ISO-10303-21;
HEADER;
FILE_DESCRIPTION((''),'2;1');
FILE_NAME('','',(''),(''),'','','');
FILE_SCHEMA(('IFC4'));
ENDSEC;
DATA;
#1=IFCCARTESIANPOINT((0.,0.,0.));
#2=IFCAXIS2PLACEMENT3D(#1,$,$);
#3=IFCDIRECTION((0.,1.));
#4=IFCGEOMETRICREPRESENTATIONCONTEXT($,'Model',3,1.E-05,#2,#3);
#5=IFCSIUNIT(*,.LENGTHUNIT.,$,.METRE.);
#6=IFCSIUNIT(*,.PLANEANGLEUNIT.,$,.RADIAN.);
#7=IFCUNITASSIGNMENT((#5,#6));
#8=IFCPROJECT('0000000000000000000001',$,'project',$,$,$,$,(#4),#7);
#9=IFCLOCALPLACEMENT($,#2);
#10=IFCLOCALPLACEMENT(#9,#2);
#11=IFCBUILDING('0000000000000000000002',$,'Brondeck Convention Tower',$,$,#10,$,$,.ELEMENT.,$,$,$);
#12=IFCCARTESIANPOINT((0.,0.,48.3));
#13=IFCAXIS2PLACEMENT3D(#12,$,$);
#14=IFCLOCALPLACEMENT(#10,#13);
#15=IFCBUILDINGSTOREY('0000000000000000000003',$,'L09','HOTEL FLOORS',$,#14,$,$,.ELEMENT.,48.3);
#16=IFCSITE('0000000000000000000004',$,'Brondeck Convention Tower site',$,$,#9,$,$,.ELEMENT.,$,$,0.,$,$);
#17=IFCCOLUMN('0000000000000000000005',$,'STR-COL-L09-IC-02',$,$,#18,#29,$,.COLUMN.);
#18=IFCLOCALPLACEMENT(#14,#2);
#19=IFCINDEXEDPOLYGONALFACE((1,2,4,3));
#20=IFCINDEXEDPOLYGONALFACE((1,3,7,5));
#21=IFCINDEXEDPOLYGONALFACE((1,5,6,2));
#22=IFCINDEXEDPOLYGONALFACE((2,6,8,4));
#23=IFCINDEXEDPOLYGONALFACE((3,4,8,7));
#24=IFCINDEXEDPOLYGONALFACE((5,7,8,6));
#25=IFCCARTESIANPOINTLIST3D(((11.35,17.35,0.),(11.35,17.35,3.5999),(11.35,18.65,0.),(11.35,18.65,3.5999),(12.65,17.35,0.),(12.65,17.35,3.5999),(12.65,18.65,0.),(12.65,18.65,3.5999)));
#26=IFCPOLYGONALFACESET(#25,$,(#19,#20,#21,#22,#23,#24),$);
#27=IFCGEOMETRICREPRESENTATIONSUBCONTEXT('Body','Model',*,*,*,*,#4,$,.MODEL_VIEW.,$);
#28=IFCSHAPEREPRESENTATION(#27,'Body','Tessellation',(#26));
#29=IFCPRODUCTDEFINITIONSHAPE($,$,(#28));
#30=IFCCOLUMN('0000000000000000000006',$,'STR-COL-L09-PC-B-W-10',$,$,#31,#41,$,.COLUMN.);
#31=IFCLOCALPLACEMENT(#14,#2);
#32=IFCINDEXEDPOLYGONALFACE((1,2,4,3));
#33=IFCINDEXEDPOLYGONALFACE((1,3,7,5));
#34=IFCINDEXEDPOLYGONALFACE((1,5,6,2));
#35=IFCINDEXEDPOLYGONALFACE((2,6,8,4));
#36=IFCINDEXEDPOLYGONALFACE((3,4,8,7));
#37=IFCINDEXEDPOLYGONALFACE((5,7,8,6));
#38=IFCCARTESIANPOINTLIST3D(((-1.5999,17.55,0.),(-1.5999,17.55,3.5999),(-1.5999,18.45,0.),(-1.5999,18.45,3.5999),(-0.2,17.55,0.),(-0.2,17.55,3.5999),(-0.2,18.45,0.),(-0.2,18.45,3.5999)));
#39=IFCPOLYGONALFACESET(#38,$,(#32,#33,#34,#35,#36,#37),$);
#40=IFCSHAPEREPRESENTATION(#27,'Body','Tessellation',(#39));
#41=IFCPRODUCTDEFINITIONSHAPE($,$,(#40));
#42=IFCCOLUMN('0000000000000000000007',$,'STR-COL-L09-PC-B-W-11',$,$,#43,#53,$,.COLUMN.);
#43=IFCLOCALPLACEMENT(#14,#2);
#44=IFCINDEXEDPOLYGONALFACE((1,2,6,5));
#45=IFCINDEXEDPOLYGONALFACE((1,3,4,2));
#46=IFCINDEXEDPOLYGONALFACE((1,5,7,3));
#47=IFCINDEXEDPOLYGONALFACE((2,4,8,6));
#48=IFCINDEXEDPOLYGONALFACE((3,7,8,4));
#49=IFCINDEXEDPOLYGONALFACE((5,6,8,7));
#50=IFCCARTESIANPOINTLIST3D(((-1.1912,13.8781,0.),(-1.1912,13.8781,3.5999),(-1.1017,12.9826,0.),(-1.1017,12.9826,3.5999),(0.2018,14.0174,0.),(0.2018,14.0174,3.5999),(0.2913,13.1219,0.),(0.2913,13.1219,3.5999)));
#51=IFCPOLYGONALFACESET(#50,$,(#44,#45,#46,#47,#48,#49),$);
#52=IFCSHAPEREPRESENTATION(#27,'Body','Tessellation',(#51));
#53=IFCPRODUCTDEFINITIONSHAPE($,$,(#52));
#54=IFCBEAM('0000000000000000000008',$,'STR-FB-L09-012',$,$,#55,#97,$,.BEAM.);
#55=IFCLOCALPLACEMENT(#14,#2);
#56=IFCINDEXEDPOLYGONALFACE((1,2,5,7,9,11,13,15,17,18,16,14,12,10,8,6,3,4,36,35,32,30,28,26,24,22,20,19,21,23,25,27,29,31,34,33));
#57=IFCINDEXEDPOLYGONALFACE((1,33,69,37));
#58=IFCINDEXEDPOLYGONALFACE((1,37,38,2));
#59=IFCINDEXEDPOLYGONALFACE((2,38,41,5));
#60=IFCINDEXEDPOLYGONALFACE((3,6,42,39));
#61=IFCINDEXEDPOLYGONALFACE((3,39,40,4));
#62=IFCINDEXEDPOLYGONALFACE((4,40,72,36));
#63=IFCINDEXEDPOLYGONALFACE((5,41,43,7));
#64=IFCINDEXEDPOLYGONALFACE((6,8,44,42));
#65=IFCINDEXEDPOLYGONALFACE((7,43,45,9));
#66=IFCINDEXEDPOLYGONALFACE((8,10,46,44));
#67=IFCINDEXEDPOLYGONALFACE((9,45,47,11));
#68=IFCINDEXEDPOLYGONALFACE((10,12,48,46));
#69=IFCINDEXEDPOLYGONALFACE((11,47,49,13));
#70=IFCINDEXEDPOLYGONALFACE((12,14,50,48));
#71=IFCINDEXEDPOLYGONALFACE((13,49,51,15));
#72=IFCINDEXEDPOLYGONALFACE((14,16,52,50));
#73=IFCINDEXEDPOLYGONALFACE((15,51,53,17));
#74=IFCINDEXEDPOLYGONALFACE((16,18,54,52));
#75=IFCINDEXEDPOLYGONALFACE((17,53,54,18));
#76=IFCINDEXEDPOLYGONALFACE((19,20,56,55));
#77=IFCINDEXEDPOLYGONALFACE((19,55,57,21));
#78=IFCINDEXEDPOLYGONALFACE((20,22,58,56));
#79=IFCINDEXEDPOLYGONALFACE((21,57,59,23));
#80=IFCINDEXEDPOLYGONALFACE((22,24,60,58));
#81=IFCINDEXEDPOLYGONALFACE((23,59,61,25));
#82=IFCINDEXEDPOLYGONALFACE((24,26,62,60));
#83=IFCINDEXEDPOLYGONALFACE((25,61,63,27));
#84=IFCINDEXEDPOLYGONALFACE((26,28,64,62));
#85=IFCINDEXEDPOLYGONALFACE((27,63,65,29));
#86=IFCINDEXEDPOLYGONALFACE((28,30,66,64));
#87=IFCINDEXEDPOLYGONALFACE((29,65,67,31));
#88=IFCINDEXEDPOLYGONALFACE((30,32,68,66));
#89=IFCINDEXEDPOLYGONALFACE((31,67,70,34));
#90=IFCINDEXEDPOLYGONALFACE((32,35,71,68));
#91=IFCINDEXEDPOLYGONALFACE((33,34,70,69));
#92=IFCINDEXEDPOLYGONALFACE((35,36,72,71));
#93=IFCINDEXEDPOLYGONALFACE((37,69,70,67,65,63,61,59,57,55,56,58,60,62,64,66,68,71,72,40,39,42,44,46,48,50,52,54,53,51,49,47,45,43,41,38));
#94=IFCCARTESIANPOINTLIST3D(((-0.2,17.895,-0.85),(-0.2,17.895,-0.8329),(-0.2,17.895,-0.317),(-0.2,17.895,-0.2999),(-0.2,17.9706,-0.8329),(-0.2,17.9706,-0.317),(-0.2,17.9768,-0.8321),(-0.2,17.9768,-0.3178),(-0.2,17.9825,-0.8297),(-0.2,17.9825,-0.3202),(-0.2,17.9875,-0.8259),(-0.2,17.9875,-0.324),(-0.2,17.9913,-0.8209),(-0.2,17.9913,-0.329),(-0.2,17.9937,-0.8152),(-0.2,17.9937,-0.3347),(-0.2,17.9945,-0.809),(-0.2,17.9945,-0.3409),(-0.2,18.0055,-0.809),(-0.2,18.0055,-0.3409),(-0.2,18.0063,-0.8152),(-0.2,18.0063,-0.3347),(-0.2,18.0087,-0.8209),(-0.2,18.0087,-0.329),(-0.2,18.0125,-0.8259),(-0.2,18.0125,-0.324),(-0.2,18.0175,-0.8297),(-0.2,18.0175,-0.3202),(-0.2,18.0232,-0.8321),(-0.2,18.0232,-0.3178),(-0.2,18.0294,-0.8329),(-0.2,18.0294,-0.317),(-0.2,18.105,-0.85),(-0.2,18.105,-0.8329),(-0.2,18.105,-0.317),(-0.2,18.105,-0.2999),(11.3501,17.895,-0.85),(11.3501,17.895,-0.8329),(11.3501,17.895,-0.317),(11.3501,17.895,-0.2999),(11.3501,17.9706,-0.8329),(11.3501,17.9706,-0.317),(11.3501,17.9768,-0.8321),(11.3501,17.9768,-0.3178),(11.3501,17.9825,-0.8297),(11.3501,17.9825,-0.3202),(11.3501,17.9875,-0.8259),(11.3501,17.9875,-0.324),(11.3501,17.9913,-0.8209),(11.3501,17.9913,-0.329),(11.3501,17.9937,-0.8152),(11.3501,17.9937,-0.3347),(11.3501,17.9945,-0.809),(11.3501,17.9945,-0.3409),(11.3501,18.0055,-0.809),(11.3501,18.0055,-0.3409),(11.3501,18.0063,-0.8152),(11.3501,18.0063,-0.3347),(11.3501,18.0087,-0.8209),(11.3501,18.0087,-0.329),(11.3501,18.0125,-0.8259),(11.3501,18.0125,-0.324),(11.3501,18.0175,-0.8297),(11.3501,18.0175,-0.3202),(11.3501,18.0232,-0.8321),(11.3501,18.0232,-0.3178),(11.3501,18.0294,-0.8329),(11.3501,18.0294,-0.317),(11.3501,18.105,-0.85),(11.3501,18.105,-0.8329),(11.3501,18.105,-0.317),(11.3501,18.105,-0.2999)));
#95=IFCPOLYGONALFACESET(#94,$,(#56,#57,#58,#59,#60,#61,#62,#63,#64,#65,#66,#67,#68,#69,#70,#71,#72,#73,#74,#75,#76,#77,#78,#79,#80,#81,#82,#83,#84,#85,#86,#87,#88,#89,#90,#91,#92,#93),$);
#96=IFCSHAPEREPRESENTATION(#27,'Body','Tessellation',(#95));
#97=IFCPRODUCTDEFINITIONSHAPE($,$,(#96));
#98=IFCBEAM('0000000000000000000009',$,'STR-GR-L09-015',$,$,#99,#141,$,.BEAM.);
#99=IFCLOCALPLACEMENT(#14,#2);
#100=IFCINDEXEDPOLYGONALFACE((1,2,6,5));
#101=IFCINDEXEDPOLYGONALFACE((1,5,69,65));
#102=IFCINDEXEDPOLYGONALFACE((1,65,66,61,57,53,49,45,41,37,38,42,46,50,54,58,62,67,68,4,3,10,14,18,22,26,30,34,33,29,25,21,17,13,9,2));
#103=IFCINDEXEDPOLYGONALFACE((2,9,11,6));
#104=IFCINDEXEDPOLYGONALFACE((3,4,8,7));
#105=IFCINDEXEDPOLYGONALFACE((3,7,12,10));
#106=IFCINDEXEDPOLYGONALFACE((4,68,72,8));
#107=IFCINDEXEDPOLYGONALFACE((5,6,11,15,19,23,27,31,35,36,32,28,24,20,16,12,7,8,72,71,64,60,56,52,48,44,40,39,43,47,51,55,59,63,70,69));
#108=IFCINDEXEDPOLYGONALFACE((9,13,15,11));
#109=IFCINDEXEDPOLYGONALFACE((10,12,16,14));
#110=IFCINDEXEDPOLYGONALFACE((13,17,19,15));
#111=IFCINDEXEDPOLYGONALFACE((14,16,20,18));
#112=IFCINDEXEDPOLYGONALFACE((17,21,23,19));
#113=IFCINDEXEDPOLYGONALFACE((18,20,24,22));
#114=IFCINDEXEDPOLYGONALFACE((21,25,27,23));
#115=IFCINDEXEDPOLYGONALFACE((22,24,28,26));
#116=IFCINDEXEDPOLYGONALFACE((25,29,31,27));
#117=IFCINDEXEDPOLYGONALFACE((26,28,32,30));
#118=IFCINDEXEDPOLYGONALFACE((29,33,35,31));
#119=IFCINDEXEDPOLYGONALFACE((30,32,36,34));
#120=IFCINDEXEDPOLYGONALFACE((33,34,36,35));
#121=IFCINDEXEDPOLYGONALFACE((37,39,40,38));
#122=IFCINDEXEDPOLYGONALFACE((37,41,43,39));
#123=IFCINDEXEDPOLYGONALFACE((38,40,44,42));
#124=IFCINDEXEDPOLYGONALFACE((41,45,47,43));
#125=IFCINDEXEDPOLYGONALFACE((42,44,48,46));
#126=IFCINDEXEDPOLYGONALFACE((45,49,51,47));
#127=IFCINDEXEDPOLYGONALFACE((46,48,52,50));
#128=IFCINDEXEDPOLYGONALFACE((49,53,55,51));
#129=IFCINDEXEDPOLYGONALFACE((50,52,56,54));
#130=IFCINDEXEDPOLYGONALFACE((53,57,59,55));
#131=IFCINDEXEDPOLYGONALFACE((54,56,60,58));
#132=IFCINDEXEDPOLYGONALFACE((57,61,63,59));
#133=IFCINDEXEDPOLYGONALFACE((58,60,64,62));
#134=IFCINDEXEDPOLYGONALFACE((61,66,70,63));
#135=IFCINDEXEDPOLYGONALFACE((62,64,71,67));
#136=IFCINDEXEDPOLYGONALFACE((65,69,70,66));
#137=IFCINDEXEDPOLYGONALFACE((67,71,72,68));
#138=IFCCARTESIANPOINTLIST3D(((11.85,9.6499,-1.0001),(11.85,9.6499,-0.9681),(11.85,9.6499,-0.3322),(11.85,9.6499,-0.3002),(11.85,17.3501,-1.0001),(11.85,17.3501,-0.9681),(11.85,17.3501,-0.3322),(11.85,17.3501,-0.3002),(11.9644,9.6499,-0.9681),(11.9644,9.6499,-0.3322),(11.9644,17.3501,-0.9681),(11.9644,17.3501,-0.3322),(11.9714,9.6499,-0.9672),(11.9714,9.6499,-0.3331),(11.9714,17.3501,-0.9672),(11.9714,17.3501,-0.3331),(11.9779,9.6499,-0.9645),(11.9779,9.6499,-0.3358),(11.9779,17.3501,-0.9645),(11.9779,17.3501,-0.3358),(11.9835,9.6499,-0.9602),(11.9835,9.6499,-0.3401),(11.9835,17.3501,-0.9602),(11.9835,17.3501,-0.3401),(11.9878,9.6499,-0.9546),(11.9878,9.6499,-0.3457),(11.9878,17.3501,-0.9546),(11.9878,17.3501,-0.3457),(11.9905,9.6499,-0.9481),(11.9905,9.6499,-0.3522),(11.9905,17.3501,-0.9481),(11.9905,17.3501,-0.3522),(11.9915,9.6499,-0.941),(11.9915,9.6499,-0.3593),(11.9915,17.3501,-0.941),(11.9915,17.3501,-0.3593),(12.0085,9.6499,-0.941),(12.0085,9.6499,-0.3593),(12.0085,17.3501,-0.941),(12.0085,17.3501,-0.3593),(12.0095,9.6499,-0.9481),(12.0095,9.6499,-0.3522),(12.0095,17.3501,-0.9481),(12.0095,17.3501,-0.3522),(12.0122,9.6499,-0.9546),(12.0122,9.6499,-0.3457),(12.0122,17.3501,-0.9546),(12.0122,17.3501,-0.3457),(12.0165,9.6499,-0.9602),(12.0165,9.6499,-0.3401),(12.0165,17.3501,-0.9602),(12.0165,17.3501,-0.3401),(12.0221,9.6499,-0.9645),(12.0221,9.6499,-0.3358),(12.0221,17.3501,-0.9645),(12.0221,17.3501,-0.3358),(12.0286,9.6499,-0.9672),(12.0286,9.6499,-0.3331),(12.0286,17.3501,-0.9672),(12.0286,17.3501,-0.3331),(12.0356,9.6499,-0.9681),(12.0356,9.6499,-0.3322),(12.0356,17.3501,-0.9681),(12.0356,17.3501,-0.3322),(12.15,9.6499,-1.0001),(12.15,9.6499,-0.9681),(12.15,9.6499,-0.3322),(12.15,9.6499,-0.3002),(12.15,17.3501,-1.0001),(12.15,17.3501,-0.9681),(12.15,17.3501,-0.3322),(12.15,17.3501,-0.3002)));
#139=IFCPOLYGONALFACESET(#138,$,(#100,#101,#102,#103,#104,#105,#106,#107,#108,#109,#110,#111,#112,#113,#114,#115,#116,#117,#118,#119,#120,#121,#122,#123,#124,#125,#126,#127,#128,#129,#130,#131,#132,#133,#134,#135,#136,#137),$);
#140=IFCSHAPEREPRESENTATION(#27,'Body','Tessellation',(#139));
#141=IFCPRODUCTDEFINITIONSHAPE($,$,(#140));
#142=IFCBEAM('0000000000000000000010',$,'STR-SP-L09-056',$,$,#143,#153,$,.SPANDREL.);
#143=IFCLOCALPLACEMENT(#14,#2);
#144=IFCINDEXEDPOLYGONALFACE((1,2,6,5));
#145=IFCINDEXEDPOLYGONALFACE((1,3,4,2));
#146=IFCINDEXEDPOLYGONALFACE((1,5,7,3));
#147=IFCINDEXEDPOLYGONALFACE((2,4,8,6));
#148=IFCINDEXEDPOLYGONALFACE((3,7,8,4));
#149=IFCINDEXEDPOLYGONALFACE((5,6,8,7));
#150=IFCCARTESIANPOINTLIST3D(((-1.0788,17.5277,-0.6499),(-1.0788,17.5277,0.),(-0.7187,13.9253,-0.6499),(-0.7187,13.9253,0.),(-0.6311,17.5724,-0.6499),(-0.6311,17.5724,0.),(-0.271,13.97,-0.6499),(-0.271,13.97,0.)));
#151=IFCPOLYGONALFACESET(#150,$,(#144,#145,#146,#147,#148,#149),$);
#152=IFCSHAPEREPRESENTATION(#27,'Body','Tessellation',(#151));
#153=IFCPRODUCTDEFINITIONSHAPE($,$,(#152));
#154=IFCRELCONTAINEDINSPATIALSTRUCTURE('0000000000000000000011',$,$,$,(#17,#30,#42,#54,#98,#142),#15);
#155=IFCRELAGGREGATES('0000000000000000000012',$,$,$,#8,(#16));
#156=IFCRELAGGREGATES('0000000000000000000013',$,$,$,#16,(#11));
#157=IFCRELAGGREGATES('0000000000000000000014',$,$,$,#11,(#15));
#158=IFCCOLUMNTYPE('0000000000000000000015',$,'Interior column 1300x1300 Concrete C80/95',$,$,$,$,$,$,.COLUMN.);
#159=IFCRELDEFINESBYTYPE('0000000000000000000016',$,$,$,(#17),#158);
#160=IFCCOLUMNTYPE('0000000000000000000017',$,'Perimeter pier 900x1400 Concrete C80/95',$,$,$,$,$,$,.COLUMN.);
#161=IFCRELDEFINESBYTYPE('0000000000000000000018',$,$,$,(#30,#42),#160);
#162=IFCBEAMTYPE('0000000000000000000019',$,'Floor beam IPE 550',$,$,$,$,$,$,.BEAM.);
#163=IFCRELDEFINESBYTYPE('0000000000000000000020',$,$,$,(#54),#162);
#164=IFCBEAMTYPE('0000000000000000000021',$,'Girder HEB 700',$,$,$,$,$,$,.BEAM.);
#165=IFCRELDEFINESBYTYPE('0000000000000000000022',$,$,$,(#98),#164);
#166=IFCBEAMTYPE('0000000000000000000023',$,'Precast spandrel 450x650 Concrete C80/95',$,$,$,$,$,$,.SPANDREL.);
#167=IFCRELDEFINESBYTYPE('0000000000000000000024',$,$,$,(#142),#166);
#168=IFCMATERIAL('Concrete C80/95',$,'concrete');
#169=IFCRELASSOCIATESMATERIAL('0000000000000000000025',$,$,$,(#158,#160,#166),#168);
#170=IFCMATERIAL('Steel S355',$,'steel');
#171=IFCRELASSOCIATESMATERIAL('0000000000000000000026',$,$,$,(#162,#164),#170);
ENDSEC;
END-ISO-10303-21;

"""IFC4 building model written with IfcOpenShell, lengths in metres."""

from ifc_helpers import new_model, si_unit, direction, frame, origin, origin_2d, place, context, subcontext, project, spatial, rectangle, i_section, extrude, material, material_profile, profile_set, type_object, element, save


model = new_model("IFC4")

# Units and contexts
model_context = context("Model", 3, precision=1e-05, world=origin(), true_north=direction((0.0, 1.0)))
body_context = subcontext(model_context, "Body", "Model", "MODEL_VIEW")
ifc_project = project(units=[si_unit("LENGTHUNIT", "METRE"), si_unit("PLANEANGLEUNIT", "RADIAN")], contexts=[model_context])

# Site, building, storey
site_placement = place(None, origin())
site = spatial("IfcSite", under=ifc_project, at=site_placement, Name="Brondeck Convention Tower site", CompositionType="ELEMENT", RefElevation=0.0)
building_placement = place(site_placement, origin())
building = spatial("IfcBuilding", under=site, at=building_placement, Name="Brondeck Convention Tower", CompositionType="ELEMENT")
storey_placement = place(building_placement, frame((0.0, 0.0, 48.3)))
storey = spatial("IfcBuildingStorey", under=building, at=storey_placement, Name="L09", Description="HOTEL FLOORS", CompositionType="ELEMENT", Elevation=48.3)

# Columns
ifc_material_1 = material(Name="Concrete C80/95", Category="concrete")
ifc_material_profile_1 = material_profile(ifc_material_1, rectangle(XDim=1.3, YDim=1.3, at=origin_2d()), Name="Interior column 1300x1300 Concrete C80/95")
ifc_profile_set_1 = profile_set([ifc_material_profile_1], Name="Concrete C80/95")
column_type_1 = type_object("IfcColumnType", Name="Interior column 1300x1300 Concrete C80/95", PredefinedType="COLUMN", material=ifc_profile_set_1)
column_placement = place(storey_placement, frame((12.0, 18.0, 0.0), z_axis=(0.0, 0.0, 1.0), x_axis=(1.0, 0.0, 0.0)))
element("IfcColumn", 1, at=column_placement, inside=storey, type_object=column_type_1, Name="STR-COL-L09-IC-02", PredefinedType="COLUMN", context=body_context, shape_type="SweptSolid", body=[
    extrude(rectangle(XDim=1.3, YDim=1.3, at=origin_2d()), origin(), (0.0, 0.0, 1.0), 3.5999),
])
ifc_material_profile_2 = material_profile(ifc_material_1, rectangle(XDim=0.8999, YDim=1.3999, at=origin_2d()), Name="Perimeter pier 900x1400 Concrete C80/95")
ifc_profile_set_2 = profile_set([ifc_material_profile_2], Name="Concrete C80/95")
column_type_2 = type_object("IfcColumnType", Name="Perimeter pier 900x1400 Concrete C80/95", PredefinedType="COLUMN", material=ifc_profile_set_2)
for number, where, z_axis, x_axis, name in (
    (2, (-0.8999, 18.0, 0.0), (0.0, 0.0, 1.0), (0.0, -1.0, 0.0), "STR-COL-L09-PC-B-W-10"),
    (3, (-0.45, 13.5, 0.0), (0.0, 0.0, 1.0), (0.099504, -0.995037, 0.0), "STR-COL-L09-PC-B-W-11"),
):
    element("IfcColumn", number, at=place(storey_placement, frame(where, z_axis=z_axis, x_axis=x_axis)), inside=storey, type_object=column_type_2, Name=name, PredefinedType="COLUMN", context=body_context, shape_type="SweptSolid", body=[
        extrude(rectangle(XDim=0.8999, YDim=1.3999, at=origin_2d()), origin(), (0.0, 0.0, 1.0), 3.5999),
    ])

# Beams
ifc_material_2 = material(Name="Steel S355", Category="steel")
ifc_material_profile_3 = material_profile(ifc_material_2, i_section(OverallWidth=0.21, OverallDepth=0.55, WebThickness=0.011, FlangeThickness=0.0171, FilletRadius=0.0239, at=origin_2d()), Name="IPE 550")
ifc_profile_set_3 = profile_set([ifc_material_profile_3], Name="Steel S355")
beam_type_1 = type_object("IfcBeamType", Name="Floor beam IPE 550", PredefinedType="BEAM", material=ifc_profile_set_3)
beam_1_placement = place(storey_placement, frame((-0.2, 18.0, -0.575), z_axis=(1.0, 0.0, 0.0), x_axis=(0.0, 1.0, 0.0)))
element("IfcBeam", 4, at=beam_1_placement, inside=storey, type_object=beam_type_1, Name="STR-FB-L09-012", PredefinedType="BEAM", context=body_context, shape_type="SweptSolid", body=[
    extrude(i_section(OverallWidth=0.21, OverallDepth=0.55, WebThickness=0.011, FlangeThickness=0.0171, FilletRadius=0.0239, at=origin_2d()), origin(), (0.0, 0.0, 1.0), 11.55),
])
ifc_material_profile_4 = material_profile(ifc_material_2, i_section(OverallWidth=0.3, OverallDepth=0.7, WebThickness=0.0171, FlangeThickness=0.032, FilletRadius=0.0271, at=origin_2d()), Name="HEB 700")
ifc_profile_set_4 = profile_set([ifc_material_profile_4], Name="Steel S355")
beam_type_2 = type_object("IfcBeamType", Name="Girder HEB 700", PredefinedType="BEAM", material=ifc_profile_set_4)
beam_2_placement = place(storey_placement, frame((12.0, 17.3501, -0.6501), z_axis=(0.0, -1.0, 0.0), x_axis=(1.0, 0.0, 0.0)))
element("IfcBeam", 5, at=beam_2_placement, inside=storey, type_object=beam_type_2, Name="STR-GR-L09-015", PredefinedType="BEAM", context=body_context, shape_type="SweptSolid", body=[
    extrude(i_section(OverallWidth=0.3, OverallDepth=0.7, WebThickness=0.0171, FlangeThickness=0.032, FilletRadius=0.0271, at=origin_2d()), origin(), (0.0, 0.0, 1.0), 7.7002),
])
ifc_material_profile_5 = material_profile(ifc_material_1, rectangle(XDim=0.45, YDim=0.6499, at=origin_2d()), Name="Precast spandrel 450x650 Concrete C80/95")
ifc_profile_set_5 = profile_set([ifc_material_profile_5], Name="Concrete C80/95")
beam_type_3 = type_object("IfcBeamType", Name="Precast spandrel 450x650 Concrete C80/95", PredefinedType="SPANDREL", material=ifc_profile_set_5)
beam_3_placement = place(storey_placement, frame((-0.855, 17.55, -0.325), z_axis=(0.09947, -0.995041, 0.0), x_axis=(0.995041, 0.09947, 0.0)))
element("IfcBeam", 6, at=beam_3_placement, inside=storey, type_object=beam_type_3, Name="STR-SP-L09-056", PredefinedType="SPANDREL", context=body_context, shape_type="SweptSolid", body=[
    extrude(rectangle(XDim=0.45, YDim=0.6499, at=origin_2d()), origin(), (0.0, 0.0, 1.0), 3.6204),
])

save(model, "model.ifc")
